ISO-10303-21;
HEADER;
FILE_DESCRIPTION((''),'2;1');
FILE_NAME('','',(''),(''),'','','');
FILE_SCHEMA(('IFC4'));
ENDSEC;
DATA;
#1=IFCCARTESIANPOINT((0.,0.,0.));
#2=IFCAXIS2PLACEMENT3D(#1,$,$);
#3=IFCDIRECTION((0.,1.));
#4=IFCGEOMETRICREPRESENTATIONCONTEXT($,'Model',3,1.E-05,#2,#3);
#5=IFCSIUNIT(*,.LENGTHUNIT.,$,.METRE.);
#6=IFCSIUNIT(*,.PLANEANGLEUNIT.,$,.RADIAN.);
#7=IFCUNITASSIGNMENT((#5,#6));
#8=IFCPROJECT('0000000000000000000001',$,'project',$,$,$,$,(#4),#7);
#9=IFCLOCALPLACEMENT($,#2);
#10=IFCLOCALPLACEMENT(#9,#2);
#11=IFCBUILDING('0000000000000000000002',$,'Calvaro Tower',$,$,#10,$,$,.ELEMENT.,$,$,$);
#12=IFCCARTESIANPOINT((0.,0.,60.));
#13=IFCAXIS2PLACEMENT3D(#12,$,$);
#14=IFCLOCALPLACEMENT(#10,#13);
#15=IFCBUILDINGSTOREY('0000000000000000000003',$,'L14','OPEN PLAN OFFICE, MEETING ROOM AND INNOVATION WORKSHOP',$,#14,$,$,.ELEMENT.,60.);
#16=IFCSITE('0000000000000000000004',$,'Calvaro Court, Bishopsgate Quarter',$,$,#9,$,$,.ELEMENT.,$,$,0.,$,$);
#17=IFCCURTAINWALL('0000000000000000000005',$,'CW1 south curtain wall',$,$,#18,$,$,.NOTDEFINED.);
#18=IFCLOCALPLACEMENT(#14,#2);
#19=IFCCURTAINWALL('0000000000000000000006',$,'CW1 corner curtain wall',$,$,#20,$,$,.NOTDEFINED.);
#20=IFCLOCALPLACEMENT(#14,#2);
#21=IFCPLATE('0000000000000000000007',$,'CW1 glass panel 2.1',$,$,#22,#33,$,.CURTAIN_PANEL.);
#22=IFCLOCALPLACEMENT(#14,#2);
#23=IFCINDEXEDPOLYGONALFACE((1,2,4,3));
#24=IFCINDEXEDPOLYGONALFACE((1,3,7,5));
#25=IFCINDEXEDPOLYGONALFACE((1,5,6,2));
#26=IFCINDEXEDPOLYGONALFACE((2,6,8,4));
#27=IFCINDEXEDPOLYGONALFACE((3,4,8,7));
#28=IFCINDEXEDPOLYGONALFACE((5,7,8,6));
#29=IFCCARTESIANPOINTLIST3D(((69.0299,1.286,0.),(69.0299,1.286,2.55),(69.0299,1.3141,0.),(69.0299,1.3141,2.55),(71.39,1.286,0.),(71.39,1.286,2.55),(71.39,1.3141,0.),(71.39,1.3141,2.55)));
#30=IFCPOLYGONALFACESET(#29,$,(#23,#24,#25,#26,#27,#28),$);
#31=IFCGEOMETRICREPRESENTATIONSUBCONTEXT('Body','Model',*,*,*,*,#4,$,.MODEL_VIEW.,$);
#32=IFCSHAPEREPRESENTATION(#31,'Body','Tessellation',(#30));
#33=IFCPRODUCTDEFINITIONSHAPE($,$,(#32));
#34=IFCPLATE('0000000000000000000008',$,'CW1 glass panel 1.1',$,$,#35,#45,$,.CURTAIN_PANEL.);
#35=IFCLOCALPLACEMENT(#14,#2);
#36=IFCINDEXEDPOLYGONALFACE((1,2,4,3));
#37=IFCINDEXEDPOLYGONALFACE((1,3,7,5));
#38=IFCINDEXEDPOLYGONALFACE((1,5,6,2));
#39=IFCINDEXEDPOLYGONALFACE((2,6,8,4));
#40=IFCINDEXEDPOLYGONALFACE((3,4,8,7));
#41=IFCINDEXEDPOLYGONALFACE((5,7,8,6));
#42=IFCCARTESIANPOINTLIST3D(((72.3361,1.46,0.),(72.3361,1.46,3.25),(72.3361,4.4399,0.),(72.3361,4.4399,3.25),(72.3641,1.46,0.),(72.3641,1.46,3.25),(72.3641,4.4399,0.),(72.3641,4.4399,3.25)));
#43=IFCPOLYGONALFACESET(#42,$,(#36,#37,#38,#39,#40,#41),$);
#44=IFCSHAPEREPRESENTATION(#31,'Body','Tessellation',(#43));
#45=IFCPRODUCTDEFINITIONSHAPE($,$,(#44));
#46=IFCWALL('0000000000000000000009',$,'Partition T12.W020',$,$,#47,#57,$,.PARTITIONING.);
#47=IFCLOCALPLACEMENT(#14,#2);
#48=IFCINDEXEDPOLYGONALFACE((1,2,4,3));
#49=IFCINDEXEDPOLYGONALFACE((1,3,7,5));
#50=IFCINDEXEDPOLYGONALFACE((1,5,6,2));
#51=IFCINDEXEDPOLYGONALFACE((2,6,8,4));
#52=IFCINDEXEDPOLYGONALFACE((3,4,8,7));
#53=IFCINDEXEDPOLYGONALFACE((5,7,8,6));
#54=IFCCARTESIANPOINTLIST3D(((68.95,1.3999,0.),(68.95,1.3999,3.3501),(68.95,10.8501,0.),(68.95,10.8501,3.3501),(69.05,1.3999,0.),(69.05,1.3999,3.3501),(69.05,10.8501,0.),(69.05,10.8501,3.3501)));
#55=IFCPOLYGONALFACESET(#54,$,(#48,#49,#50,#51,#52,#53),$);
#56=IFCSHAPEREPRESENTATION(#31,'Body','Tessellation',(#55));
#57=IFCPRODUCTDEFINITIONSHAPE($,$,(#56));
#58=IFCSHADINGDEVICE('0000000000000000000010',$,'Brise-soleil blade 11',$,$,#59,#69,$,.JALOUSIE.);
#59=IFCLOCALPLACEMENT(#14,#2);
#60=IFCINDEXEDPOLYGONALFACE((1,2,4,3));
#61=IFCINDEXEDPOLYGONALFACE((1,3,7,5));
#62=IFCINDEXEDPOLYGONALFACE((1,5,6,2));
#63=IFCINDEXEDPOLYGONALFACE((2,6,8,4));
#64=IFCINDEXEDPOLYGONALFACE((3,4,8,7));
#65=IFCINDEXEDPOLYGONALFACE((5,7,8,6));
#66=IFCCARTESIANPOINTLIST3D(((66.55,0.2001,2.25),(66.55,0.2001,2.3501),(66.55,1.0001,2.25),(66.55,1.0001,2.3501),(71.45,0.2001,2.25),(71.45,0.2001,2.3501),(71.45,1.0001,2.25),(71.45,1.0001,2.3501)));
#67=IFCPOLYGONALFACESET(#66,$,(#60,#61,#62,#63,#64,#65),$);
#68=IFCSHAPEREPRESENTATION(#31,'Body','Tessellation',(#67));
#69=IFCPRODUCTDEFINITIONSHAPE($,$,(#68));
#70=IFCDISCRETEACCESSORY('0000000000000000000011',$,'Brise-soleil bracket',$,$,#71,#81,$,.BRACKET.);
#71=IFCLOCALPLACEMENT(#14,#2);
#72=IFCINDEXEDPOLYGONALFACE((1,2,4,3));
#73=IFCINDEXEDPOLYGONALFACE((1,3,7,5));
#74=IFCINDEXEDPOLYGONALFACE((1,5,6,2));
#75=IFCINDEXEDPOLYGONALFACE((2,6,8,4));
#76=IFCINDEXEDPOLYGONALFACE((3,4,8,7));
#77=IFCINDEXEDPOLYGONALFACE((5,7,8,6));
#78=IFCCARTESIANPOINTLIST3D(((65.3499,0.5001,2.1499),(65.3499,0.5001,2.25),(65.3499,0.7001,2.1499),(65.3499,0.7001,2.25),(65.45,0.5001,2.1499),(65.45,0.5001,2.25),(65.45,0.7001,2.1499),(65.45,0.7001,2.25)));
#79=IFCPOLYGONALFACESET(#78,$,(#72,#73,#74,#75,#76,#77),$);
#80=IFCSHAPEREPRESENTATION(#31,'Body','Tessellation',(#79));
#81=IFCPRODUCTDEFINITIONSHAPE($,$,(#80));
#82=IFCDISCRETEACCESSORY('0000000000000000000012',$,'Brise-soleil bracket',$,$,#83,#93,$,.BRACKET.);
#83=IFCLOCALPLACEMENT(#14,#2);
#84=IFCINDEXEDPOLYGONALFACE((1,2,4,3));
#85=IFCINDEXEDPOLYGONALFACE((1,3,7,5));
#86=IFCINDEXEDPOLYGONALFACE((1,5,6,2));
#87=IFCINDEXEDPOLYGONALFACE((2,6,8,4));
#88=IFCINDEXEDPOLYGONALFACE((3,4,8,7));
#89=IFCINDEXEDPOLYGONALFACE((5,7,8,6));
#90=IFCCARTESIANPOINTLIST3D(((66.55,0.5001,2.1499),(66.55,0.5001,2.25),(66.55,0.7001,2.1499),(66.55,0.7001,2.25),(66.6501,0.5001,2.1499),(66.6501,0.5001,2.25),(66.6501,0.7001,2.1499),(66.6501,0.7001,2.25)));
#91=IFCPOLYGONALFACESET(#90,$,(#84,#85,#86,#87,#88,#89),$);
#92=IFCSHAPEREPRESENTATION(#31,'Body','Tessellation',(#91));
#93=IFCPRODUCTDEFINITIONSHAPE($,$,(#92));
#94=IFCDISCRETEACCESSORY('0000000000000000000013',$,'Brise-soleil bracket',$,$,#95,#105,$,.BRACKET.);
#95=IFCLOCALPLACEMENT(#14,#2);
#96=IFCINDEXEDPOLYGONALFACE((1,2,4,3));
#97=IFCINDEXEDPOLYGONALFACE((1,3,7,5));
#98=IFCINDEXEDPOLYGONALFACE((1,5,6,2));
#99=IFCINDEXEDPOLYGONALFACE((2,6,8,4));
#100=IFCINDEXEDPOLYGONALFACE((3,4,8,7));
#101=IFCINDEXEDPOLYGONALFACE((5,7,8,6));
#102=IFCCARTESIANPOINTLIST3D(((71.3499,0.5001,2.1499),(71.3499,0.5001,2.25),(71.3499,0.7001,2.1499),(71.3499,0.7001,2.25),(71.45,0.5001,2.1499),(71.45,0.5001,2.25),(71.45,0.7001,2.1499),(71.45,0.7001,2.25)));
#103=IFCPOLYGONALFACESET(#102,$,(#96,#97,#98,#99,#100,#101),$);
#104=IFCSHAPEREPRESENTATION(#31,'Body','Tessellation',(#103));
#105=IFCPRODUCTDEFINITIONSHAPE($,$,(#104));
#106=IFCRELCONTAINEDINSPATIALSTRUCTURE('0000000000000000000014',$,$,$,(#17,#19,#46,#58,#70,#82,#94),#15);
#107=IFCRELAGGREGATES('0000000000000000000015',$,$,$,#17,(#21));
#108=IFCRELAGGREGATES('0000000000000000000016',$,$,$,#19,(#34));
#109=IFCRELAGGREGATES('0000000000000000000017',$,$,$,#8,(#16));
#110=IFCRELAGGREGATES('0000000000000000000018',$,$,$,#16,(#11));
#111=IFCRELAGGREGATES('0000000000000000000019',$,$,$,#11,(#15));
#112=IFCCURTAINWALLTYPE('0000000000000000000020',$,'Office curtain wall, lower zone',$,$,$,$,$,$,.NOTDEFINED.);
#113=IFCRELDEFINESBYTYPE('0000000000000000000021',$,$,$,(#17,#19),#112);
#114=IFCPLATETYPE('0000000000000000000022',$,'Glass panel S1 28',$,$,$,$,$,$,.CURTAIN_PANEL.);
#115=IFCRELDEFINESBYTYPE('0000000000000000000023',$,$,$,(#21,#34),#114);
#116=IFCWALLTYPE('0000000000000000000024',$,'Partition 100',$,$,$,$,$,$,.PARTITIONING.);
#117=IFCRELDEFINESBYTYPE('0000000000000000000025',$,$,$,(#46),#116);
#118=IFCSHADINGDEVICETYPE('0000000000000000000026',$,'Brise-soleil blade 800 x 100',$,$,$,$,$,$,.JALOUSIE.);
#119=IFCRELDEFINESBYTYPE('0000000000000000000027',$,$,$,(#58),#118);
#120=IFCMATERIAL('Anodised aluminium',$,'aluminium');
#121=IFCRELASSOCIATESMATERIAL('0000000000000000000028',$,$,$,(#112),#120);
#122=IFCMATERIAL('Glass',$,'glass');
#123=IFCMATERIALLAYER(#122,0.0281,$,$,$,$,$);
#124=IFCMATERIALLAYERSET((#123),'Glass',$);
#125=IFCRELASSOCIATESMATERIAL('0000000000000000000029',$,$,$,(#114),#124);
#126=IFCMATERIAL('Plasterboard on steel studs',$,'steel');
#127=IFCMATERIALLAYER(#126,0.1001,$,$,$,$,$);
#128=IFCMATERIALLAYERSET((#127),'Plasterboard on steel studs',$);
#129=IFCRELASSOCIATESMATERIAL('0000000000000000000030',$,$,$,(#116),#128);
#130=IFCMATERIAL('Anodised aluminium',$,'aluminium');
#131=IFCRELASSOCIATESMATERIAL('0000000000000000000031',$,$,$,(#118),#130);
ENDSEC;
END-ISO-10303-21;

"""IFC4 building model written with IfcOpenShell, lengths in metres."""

from ifc_helpers import new_model, si_unit, direction, frame, frame_2d, origin, origin_2d, place, context, subcontext, project, spatial, rectangle, extrude, material, layer, layer_set, material_profile, profile_set, type_object, element, aggregate, save


model = new_model("IFC4")

# Units and contexts
model_context = context("Model", 3, precision=1e-05, world=origin(), true_north=direction((0.0, 1.0)))
body_context = subcontext(model_context, "Body", "Model", "MODEL_VIEW")
ifc_project = project(units=[si_unit("LENGTHUNIT", "METRE"), si_unit("PLANEANGLEUNIT", "RADIAN")], contexts=[model_context])

# Site, building, storey
site_placement = place(None, origin())
site = spatial("IfcSite", under=ifc_project, at=site_placement, Name="Calvaro Court, Bishopsgate Quarter", CompositionType="ELEMENT", RefElevation=0.0)
building_placement = place(site_placement, origin())
building = spatial("IfcBuilding", under=site, at=building_placement, Name="Calvaro Tower", CompositionType="ELEMENT")
storey_placement = place(building_placement, frame((0.0, 0.0, 60.0)))
storey = spatial("IfcBuildingStorey", under=building, at=storey_placement, Name="L14", Description="OPEN PLAN OFFICE, MEETING ROOM AND INNOVATION WORKSHOP", CompositionType="ELEMENT", Elevation=60.0)

# Shared definitions
ifc_material_1 = material(Name="Anodised aluminium", Category="aluminium")
curtain_wall_type = type_object("IfcCurtainWallType", Name="Office curtain wall, lower zone", PredefinedType="NOTDEFINED", material=ifc_material_1)

# Curtain wall
curtain_wall_1_placement = place(storey_placement, origin())
curtain_wall_1 = element("IfcCurtainWall", 1, at=curtain_wall_1_placement, inside=storey, type_object=curtain_wall_type, Name="CW1 south curtain wall", PredefinedType="NOTDEFINED")

# Curtain wall
curtain_wall_2_placement = place(storey_placement, origin())
curtain_wall_2 = element("IfcCurtainWall", 2, at=curtain_wall_2_placement, inside=storey, type_object=curtain_wall_type, Name="CW1 corner curtain wall", PredefinedType="NOTDEFINED")

# Plates
ifc_material_2 = material(Name="Glass", Category="glass")
ifc_layer_1 = layer(ifc_material_2, 0.0281)
ifc_layer_set_1 = layer_set([ifc_layer_1], Name="Glass")
plate_type = type_object("IfcPlateType", Name="Glass panel S1 28", PredefinedType="CURTAIN_PANEL", material=ifc_layer_set_1)
plate_1_placement = place(storey_placement, frame((70.21, 1.3, 0.0), z_axis=(0.0, 0.0, 1.0), x_axis=(1.0, 0.0, 0.0)))
plate_1 = element("IfcPlate", 3, at=plate_1_placement, type_object=plate_type, Name="CW1 glass panel 2.1", PredefinedType="CURTAIN_PANEL", context=body_context, shape_type="SweptSolid", body=[
    extrude(rectangle(XDim=2.3601, YDim=0.0281, at=origin_2d()), origin(), (0.0, 0.0, 1.0), 2.55),
])
aggregate(curtain_wall_1, [plate_1])
plate_2_placement = place(storey_placement, frame((72.3501, 2.95, 0.0), z_axis=(0.0, 0.0, 1.0), x_axis=(0.0, 1.0, 0.0)))
plate_2 = element("IfcPlate", 4, at=plate_2_placement, type_object=plate_type, Name="CW1 glass panel 1.1", PredefinedType="CURTAIN_PANEL", context=body_context, shape_type="SweptSolid", body=[
    extrude(rectangle(XDim=2.98, YDim=0.0281, at=origin_2d()), origin(), (0.0, 0.0, 1.0), 3.25),
])
aggregate(curtain_wall_2, [plate_2])

# Wall
ifc_material_3 = material(Name="Plasterboard on steel studs", Category="steel")
ifc_layer_2 = layer(ifc_material_3, 0.1001)
ifc_layer_set_2 = layer_set([ifc_layer_2], Name="Plasterboard on steel studs")
wall_type = type_object("IfcWallType", Name="Partition 100", PredefinedType="PARTITIONING", material=ifc_layer_set_2)
wall_placement = place(storey_placement, frame((69.0, 1.3999, 0.0), z_axis=(0.0, 0.0, 1.0), x_axis=(0.0, 1.0, 0.0)))
element("IfcWall", 5, at=wall_placement, inside=storey, type_object=wall_type, Name="Partition T12.W020", PredefinedType="PARTITIONING", context=body_context, shape_type="SweptSolid", body=[
    extrude(rectangle(XDim=9.4502, YDim=0.1001, at=frame_2d((4.7251, 0.0))), origin(), (0.0, 0.0, 1.0), 3.3501),
])

# Shading device
ifc_material_4 = material(Name="Anodised aluminium", Category="aluminium")
ifc_material_profile_1 = material_profile(ifc_material_4, rectangle(XDim=0.8, YDim=0.1001, at=origin_2d()), Name="Brise-soleil blade 800 x 100")
ifc_profile_set_1 = profile_set([ifc_material_profile_1], Name="Anodised aluminium")
shading_device_type = type_object("IfcShadingDeviceType", Name="Brise-soleil blade 800 x 100", PredefinedType="JALOUSIE", material=ifc_profile_set_1)
shading_device_placement = place(storey_placement, frame((66.55, 0.6001, 2.3), z_axis=(1.0, 0.0, 0.0), x_axis=(0.0, 1.0, 0.0)))
element("IfcShadingDevice", 6, at=shading_device_placement, inside=storey, type_object=shading_device_type, Name="Brise-soleil blade 11", PredefinedType="JALOUSIE", context=body_context, shape_type="SweptSolid", body=[
    extrude(rectangle(XDim=0.8, YDim=0.1001, at=origin_2d()), origin(), (0.0, 0.0, 1.0), 4.8999),
])

# Discrete accessories
for number, where, z_axis, x_axis, name in (
    (7, (65.3999, 0.6001, 2.1499), (0.0, 0.0, 1.0), (1.0, 0.0, 0.0), "Brise-soleil bracket"),
    (8, (66.6001, 0.6001, 2.1499), (0.0, 0.0, 1.0), (1.0, 0.0, 0.0), "Brise-soleil bracket"),
    (9, (71.3999, 0.6001, 2.1499), (0.0, 0.0, 1.0), (1.0, 0.0, 0.0), "Brise-soleil bracket"),
):
    element("IfcDiscreteAccessory", number, at=place(storey_placement, frame(where, z_axis=z_axis, x_axis=x_axis)), inside=storey, Name=name, PredefinedType="BRACKET", context=body_context, shape_type="SweptSolid", body=[
        extrude(rectangle(XDim=0.1001, YDim=0.2, at=origin_2d()), origin(), (0.0, 0.0, 1.0), 0.1001),
    ])

save(model, "model.ifc")
